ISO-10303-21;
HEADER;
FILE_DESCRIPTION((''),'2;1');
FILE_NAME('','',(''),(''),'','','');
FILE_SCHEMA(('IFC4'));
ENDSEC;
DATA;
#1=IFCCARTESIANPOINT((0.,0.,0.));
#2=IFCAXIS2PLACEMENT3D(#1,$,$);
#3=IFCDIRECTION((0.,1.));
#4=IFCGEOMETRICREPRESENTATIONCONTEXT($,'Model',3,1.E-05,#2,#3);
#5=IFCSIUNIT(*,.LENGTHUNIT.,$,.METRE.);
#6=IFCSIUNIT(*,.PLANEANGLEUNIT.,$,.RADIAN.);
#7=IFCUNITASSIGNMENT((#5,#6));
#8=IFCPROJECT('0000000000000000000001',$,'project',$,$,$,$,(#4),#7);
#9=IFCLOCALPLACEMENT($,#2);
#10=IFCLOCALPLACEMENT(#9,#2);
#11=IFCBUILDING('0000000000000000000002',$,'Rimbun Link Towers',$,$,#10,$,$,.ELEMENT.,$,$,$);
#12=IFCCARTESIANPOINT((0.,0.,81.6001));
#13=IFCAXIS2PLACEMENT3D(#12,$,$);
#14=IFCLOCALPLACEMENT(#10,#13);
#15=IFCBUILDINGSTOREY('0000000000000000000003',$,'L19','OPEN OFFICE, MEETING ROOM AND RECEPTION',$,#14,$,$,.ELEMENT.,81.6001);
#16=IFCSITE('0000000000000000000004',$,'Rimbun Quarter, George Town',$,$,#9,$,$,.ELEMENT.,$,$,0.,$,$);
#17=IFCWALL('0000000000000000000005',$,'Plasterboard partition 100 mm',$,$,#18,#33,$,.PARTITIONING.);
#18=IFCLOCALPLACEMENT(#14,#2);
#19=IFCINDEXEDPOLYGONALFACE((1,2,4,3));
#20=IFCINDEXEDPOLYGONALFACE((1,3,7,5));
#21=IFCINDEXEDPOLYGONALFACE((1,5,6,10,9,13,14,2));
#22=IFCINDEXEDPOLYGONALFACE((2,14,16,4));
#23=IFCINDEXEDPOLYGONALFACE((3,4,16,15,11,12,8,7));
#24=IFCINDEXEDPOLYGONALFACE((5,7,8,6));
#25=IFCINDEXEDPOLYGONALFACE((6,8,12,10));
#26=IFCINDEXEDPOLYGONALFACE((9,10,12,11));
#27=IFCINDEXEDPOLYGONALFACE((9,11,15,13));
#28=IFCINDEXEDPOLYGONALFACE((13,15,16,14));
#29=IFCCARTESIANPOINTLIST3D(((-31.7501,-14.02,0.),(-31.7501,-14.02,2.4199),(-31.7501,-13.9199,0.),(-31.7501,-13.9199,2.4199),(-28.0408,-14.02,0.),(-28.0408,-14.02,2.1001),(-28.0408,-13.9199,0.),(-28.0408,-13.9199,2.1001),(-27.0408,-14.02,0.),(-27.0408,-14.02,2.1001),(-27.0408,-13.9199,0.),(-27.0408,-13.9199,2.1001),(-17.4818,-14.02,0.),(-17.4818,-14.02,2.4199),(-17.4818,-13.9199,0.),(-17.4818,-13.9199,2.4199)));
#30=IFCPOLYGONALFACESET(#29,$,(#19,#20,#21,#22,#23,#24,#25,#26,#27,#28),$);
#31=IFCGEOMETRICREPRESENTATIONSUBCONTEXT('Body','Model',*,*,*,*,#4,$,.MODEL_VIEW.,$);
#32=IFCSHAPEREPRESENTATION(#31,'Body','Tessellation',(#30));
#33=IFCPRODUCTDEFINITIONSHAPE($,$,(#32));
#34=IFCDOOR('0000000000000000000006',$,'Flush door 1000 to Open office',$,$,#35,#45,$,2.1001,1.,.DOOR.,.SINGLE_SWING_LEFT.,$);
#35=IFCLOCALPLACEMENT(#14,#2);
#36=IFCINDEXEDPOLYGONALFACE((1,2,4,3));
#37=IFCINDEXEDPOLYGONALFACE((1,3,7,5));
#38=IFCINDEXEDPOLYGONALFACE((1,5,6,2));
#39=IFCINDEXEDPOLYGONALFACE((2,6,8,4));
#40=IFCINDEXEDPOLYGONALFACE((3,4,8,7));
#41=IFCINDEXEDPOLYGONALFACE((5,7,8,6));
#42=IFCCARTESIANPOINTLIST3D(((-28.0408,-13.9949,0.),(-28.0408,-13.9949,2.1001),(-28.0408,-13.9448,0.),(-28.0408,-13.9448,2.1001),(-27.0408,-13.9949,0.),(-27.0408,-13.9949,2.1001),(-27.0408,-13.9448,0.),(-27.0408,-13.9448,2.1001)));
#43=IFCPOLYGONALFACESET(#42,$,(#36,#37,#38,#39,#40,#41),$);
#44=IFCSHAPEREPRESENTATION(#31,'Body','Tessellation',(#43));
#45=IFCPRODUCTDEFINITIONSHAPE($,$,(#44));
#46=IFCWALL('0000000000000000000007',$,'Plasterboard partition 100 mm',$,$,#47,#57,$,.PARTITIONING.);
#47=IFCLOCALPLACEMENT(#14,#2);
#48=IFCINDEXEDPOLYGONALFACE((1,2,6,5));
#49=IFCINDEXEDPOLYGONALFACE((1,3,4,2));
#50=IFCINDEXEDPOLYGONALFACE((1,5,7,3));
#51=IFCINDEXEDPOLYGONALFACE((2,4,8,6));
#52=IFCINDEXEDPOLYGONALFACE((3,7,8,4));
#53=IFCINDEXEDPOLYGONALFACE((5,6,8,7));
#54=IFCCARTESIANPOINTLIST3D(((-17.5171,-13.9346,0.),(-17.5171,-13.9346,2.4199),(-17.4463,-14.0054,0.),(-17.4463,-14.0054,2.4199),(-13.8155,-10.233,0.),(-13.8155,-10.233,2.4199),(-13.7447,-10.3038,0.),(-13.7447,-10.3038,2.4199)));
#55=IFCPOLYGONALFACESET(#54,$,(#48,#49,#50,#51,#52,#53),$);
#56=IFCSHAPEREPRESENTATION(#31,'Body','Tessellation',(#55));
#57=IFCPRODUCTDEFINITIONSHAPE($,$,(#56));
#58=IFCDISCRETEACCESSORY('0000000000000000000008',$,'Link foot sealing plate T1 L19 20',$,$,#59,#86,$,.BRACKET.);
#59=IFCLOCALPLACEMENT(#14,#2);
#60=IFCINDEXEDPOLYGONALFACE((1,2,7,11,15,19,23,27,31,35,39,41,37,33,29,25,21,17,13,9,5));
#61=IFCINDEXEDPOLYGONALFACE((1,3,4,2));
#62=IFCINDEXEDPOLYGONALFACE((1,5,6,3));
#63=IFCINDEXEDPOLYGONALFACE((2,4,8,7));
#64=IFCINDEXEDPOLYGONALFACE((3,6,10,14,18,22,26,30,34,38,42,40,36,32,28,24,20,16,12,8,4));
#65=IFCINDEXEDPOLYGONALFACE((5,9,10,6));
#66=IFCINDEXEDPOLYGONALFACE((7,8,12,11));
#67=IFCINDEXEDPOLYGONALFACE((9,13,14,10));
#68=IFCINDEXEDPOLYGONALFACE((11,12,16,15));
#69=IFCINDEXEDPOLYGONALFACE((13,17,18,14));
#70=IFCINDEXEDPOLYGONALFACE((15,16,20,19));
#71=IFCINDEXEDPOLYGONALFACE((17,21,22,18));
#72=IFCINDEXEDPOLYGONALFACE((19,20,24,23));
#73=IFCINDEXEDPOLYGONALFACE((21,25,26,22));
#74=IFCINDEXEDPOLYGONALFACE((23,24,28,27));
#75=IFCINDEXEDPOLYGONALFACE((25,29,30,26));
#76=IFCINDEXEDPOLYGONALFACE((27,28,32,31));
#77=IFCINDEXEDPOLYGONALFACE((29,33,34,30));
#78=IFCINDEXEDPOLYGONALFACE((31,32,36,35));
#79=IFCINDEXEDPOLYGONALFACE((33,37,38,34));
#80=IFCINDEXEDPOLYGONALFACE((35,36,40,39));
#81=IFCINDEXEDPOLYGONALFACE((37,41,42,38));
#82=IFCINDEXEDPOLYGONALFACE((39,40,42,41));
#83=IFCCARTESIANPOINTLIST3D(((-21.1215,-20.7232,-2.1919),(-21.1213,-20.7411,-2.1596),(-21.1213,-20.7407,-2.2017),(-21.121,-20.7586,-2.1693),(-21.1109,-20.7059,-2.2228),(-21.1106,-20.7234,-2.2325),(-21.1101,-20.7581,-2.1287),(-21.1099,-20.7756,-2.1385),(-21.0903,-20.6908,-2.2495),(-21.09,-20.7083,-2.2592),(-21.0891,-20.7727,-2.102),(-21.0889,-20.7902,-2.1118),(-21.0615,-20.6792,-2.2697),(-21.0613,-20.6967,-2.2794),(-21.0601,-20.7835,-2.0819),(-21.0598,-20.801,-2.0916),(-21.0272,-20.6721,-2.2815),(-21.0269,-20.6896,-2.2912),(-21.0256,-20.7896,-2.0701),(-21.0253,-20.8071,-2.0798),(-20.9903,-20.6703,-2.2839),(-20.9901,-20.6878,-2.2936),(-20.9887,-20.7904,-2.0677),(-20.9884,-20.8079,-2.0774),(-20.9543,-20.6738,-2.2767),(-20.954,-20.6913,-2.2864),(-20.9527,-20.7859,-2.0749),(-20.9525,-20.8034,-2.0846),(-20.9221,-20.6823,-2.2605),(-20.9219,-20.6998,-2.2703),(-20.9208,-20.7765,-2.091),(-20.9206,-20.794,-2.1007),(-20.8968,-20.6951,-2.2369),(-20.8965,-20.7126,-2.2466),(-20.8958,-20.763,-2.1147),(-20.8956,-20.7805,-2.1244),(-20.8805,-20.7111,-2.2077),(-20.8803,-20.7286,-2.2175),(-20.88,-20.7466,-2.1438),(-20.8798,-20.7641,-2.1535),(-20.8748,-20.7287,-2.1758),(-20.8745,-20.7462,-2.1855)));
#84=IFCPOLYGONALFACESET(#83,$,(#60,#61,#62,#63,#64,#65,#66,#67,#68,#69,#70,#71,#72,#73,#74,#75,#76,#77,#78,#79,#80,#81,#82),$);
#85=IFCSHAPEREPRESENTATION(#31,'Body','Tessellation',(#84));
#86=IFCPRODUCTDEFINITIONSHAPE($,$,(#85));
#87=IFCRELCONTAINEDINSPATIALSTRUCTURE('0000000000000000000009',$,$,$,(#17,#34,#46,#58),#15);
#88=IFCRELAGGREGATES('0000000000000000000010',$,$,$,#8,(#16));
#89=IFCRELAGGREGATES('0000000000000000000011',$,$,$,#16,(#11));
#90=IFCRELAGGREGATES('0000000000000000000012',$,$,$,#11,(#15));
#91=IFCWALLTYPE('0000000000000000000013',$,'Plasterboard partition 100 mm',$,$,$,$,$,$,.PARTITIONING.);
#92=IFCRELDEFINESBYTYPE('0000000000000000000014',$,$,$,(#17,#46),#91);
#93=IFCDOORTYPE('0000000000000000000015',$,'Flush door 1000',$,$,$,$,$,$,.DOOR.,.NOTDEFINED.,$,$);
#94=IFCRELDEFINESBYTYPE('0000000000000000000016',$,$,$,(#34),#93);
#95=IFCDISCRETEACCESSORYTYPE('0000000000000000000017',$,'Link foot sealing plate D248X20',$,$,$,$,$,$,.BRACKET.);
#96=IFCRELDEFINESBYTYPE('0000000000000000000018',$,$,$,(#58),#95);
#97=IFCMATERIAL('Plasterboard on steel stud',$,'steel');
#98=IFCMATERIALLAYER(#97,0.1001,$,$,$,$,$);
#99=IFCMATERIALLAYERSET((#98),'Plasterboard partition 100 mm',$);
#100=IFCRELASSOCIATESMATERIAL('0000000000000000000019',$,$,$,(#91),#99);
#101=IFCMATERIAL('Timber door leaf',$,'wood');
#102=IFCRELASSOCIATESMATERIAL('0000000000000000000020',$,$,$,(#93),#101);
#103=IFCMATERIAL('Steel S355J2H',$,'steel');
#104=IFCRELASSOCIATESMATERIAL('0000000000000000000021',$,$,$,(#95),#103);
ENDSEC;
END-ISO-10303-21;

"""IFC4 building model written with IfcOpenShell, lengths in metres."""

from ifc_helpers import new_model, si_unit, direction, frame, frame_2d, origin, origin_2d, place, context, subcontext, project, spatial, rectangle, circle, extrude, material, layer, layer_set, material_profile, profile_set, type_object, element, fill, save


model = new_model("IFC4")

# Units and contexts
model_context = context("Model", 3, precision=1e-05, world=origin(), true_north=direction((0.0, 1.0)))
body_context = subcontext(model_context, "Body", "Model", "MODEL_VIEW")
ifc_project = project(units=[si_unit("LENGTHUNIT", "METRE"), si_unit("PLANEANGLEUNIT", "RADIAN")], contexts=[model_context])

# Site, building, storey
site_placement = place(None, origin())
site = spatial("IfcSite", under=ifc_project, at=site_placement, Name="Rimbun Quarter, George Town", CompositionType="ELEMENT", RefElevation=0.0)
building_placement = place(site_placement, origin())
building = spatial("IfcBuilding", under=site, at=building_placement, Name="Rimbun Link Towers", CompositionType="ELEMENT")
storey_placement = place(building_placement, frame((0.0, 0.0, 81.6001)))
storey = spatial("IfcBuildingStorey", under=building, at=storey_placement, Name="L19", Description="OPEN OFFICE, MEETING ROOM AND RECEPTION", CompositionType="ELEMENT", Elevation=81.6001)

# Wall, opening, door
ifc_material_1 = material(Name="Plasterboard on steel stud", Category="steel")
ifc_layer_1 = layer(ifc_material_1, 0.1001)
ifc_layer_set_1 = layer_set([ifc_layer_1], Name="Plasterboard partition 100 mm")
wall_type_1 = type_object("IfcWallType", Name="Plasterboard partition 100 mm", PredefinedType="PARTITIONING", material=ifc_layer_set_1)
wall_1_placement = place(storey_placement, frame((-17.4817, -13.97, 0.0), z_axis=(0.0, 0.0, 1.0), x_axis=(-1.0, 0.0, 0.0)))
wall_1 = element("IfcWall", 1, at=wall_1_placement, inside=storey, type_object=wall_type_1, Name="Plasterboard partition 100 mm", PredefinedType="PARTITIONING", context=body_context, shape_type="SweptSolid", body=[
    extrude(rectangle(XDim=14.2683, YDim=0.1001, at=frame_2d((7.1343, 0.0))), origin(), (0.0, 0.0, 1.0), 2.4199),
])
opening_1_placement = place(wall_1_placement, frame((9.5591, 0.0, 0.0)))
opening_1 = element("IfcOpeningElement", 2, at=opening_1_placement, cuts=wall_1, PredefinedType="OPENING", context=body_context, shape_type="SweptSolid", body=[
    extrude(rectangle(XDim=1.0, YDim=2.1001, at=frame_2d((0.5, 1.05))), frame((0.0, 0.0601, 0.0), z_axis=(0.0, -1.0, 0.0), x_axis=(1.0, 0.0, 0.0)), (0.0, 0.0, 1.0), 0.1201),
])
ifc_material_2 = material(Name="Timber door leaf", Category="wood")
door_type_1 = type_object("IfcDoorType", Name="Flush door 1000", OperationType="NOTDEFINED", PredefinedType="DOOR", material=ifc_material_2)
door_1_placement = place(opening_1_placement, origin())
door_1 = element("IfcDoor", 3, at=door_1_placement, inside=storey, type_object=door_type_1, Name="Flush door 1000 to Open office", OperationType="SINGLE_SWING_LEFT", OverallHeight=2.1001, OverallWidth=1.0, PredefinedType="DOOR", context=body_context, shape_type="SweptSolid", body=[
    extrude(rectangle(XDim=1.0, YDim=2.1001, at=frame_2d((0.5, 1.05))), frame((0.0, 0.0249, 0.0), z_axis=(0.0, -1.0, 0.0), x_axis=(1.0, 0.0, 0.0)), (0.0, 0.0, 1.0), 0.05),
])
fill(opening_1, door_1)

# Wall
wall_2_placement = place(storey_placement, frame((-17.4817, -13.97, 0.0), z_axis=(0.0, 0.0, 1.0), x_axis=(0.707107, 0.707107, 0.0)))
element("IfcWall", 4, at=wall_2_placement, inside=storey, type_object=wall_type_1, Name="Plasterboard partition 100 mm", PredefinedType="PARTITIONING", context=body_context, shape_type="SweptSolid", body=[
    extrude(rectangle(XDim=5.2349, YDim=0.1001, at=frame_2d((2.6174, 0.0))), origin(), (0.0, 0.0, 1.0), 2.4199),
])

# Discrete accessory
ifc_material_3 = material(Name="Steel S355J2H", Category="steel")
ifc_material_profile_1 = material_profile(ifc_material_3, circle(Radius=0.124, at=origin_2d()), Name="PL D248")
ifc_profile_set_1 = profile_set([ifc_material_profile_1], Name="Steel S355J2H")
discrete_accessory_type = type_object("IfcDiscreteAccessoryType", Name="Link foot sealing plate D248X20", PredefinedType="BRACKET", material=ifc_profile_set_1)
discrete_accessory_placement = place(storey_placement, frame((-20.9988, -20.7305, -2.1758), z_axis=(0.01214, -0.874093, -0.485607), x_axis=(0.999904, 0.013888, 0.0)))
element("IfcDiscreteAccessory", 5, at=discrete_accessory_placement, inside=storey, type_object=discrete_accessory_type, Name="Link foot sealing plate T1 L19 20", PredefinedType="BRACKET", context=body_context, shape_type="SweptSolid", body=[
    extrude(circle(Radius=0.124, at=origin_2d()), origin(), (0.0, 0.0, 1.0), 0.02),
])

save(model, "model.ifc")
